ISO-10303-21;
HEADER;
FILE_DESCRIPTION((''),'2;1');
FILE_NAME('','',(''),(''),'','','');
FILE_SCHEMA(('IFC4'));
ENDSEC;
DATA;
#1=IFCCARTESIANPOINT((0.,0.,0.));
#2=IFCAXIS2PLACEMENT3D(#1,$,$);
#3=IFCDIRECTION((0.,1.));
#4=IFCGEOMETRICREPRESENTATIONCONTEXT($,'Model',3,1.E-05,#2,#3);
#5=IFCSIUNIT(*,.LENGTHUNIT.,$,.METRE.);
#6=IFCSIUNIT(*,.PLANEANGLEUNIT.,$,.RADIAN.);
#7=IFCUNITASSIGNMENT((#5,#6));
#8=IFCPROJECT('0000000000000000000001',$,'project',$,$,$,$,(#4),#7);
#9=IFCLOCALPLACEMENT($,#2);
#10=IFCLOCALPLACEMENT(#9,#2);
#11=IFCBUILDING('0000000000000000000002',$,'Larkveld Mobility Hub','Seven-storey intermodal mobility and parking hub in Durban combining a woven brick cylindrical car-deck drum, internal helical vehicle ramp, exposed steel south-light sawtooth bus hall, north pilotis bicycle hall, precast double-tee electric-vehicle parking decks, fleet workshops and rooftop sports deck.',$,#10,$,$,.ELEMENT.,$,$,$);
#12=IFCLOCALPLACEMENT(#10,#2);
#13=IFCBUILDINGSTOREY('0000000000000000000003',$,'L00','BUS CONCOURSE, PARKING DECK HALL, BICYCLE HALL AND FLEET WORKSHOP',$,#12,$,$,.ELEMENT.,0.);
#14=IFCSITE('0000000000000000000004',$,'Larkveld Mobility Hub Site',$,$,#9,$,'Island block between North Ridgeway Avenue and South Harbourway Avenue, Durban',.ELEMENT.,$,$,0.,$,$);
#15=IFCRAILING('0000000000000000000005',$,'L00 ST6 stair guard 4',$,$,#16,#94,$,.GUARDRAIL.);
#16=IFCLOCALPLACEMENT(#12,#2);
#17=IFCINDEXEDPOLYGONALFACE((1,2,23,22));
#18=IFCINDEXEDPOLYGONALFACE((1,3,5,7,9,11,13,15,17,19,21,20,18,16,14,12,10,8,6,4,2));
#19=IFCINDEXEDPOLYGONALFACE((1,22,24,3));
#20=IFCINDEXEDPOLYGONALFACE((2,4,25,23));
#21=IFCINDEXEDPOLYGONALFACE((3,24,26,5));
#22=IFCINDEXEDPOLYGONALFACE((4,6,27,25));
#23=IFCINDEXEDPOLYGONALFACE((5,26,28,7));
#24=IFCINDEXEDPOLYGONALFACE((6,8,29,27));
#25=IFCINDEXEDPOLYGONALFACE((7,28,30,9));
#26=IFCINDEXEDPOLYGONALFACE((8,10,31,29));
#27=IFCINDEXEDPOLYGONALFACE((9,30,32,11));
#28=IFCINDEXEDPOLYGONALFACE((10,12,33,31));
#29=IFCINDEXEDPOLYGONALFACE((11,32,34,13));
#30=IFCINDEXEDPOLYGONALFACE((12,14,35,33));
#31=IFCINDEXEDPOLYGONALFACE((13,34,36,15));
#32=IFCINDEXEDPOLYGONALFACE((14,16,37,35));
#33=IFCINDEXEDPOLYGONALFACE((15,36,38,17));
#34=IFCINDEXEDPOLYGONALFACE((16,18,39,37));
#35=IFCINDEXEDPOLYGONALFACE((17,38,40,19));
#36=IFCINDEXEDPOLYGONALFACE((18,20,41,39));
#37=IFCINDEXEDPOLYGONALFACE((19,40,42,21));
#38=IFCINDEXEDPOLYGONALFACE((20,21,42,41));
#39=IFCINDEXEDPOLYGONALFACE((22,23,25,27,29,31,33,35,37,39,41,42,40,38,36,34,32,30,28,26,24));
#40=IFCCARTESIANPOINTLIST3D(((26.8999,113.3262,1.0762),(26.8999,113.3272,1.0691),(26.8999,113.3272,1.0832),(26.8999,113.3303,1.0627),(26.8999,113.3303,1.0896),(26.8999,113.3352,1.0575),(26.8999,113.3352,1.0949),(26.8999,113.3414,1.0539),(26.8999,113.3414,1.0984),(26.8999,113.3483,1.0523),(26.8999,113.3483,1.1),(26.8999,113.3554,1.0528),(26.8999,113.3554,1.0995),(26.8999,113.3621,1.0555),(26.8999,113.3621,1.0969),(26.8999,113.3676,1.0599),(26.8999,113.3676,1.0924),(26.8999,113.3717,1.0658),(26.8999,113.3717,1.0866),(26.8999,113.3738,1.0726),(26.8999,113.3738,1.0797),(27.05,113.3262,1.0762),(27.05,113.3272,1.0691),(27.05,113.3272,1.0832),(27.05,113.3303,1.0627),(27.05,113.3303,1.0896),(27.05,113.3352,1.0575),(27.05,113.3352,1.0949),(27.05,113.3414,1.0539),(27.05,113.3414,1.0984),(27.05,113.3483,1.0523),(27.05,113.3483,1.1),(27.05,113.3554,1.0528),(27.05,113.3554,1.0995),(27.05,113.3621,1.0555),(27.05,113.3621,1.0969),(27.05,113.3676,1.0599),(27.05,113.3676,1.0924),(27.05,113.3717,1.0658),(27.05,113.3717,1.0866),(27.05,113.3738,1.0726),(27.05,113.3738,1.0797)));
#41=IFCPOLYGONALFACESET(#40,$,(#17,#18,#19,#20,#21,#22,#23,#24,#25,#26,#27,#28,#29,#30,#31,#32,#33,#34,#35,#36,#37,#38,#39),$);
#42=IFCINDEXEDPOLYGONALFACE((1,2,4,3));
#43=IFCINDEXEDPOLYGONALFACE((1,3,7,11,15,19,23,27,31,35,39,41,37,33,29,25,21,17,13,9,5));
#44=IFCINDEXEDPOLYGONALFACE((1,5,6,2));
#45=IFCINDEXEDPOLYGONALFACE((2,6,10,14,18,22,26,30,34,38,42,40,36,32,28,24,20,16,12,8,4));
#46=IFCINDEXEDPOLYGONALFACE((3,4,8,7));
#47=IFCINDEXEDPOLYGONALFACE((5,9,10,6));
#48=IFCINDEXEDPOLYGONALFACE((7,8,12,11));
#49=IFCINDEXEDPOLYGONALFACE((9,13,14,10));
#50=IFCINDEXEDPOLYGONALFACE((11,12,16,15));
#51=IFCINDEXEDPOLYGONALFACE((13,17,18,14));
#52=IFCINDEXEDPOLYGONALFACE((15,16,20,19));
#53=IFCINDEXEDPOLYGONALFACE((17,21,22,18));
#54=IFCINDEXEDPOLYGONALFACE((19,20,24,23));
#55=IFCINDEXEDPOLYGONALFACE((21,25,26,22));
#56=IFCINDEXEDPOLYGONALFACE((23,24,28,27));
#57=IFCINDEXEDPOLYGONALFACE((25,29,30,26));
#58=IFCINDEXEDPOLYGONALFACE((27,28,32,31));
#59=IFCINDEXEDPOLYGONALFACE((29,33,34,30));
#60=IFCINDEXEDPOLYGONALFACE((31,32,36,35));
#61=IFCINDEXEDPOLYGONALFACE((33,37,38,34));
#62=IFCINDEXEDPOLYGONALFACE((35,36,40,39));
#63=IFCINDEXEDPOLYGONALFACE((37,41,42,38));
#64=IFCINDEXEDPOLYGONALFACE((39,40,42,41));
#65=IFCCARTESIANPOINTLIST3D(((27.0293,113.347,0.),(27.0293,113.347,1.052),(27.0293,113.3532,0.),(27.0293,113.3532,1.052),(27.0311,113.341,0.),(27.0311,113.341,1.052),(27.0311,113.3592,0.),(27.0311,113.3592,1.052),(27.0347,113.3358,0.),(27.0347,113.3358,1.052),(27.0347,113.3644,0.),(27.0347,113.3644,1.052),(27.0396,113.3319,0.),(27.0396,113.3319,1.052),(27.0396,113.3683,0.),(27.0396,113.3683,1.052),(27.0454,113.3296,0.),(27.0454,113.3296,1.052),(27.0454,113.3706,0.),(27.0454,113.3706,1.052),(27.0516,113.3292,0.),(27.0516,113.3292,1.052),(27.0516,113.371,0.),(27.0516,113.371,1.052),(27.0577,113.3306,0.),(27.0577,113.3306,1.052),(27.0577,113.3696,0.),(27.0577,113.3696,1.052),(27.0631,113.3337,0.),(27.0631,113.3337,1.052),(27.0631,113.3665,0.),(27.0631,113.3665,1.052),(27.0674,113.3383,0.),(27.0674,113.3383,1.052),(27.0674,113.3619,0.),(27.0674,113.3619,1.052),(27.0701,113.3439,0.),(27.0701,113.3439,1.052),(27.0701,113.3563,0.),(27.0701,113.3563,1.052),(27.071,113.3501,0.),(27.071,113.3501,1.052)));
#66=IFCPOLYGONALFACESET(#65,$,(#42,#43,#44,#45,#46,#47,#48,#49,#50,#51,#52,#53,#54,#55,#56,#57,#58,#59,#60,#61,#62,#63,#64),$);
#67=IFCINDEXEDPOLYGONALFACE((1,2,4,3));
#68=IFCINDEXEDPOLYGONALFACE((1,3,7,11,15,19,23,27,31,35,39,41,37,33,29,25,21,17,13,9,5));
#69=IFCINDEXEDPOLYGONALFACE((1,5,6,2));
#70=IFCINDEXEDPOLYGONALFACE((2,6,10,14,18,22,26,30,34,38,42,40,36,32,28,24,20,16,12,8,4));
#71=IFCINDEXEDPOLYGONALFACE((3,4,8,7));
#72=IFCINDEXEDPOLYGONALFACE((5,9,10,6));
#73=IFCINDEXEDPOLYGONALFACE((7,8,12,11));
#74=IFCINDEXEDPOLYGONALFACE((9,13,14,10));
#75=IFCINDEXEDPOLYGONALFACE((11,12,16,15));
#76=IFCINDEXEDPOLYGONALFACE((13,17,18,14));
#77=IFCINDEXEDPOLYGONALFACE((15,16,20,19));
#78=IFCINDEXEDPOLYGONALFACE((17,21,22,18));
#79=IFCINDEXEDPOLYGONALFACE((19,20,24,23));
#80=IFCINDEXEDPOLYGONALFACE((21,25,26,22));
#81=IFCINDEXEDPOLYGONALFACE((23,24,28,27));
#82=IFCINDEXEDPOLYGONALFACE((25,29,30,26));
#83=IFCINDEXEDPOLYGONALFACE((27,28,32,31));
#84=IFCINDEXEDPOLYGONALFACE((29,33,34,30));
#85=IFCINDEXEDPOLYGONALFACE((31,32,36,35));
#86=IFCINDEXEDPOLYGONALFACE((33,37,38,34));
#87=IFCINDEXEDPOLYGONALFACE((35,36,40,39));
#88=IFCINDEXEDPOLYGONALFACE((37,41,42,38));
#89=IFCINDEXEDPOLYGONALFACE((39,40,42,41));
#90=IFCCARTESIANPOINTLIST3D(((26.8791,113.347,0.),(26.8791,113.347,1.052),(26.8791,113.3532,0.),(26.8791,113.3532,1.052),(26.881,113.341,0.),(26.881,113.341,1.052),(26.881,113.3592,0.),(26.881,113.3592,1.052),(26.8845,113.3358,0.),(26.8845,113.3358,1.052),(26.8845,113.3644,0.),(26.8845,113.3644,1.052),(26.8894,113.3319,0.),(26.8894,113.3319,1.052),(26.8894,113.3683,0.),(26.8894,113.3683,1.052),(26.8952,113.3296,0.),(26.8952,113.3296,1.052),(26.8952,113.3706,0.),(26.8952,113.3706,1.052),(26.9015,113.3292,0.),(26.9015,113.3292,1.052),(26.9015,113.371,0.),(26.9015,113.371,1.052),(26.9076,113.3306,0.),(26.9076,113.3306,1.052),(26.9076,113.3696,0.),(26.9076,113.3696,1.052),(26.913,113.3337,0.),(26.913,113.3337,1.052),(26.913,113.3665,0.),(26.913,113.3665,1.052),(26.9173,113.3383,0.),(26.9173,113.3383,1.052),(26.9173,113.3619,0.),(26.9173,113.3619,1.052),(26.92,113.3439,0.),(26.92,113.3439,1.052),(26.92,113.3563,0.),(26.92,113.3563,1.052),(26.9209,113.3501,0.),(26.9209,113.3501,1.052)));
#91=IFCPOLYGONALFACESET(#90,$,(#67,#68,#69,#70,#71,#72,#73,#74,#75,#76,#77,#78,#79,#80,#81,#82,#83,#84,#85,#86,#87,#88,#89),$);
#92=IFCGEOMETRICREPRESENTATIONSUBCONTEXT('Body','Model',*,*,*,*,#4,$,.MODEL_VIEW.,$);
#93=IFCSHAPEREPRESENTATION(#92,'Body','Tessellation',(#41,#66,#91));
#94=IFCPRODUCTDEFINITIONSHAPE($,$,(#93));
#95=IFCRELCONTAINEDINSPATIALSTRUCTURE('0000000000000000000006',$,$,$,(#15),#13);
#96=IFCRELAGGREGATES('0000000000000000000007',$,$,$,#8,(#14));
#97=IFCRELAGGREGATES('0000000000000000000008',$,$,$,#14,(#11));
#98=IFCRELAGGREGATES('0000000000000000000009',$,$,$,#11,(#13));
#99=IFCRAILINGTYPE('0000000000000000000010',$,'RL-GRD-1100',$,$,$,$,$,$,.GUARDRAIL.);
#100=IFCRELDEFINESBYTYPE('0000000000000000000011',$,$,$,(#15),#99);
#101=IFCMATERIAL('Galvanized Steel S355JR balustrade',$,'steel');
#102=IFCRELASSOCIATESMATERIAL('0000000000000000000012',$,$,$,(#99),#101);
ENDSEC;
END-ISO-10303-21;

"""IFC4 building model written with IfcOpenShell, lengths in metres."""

from ifc_helpers import new_model, si_unit, direction, frame, origin, origin_2d, place, context, subcontext, project, spatial, circle, extrude, material, type_object, element, save


model = new_model("IFC4")

# Units and contexts
model_context = context("Model", 3, precision=1e-05, world=origin(), true_north=direction((0.0, 1.0)))
body_context = subcontext(model_context, "Body", "Model", "MODEL_VIEW")
ifc_project = project(units=[si_unit("LENGTHUNIT", "METRE"), si_unit("PLANEANGLEUNIT", "RADIAN")], contexts=[model_context])

# Site, building, storey
site_placement = place(None, origin())
site = spatial("IfcSite", under=ifc_project, at=site_placement, Name="Larkveld Mobility Hub Site", LongName="Island block between North Ridgeway Avenue and South Harbourway Avenue, Durban", CompositionType="ELEMENT", RefElevation=0.0)
building_placement = place(site_placement, origin())
building = spatial("IfcBuilding", under=site, at=building_placement, Name="Larkveld Mobility Hub", Description="Seven-storey intermodal mobility and parking hub in Durban combining a woven brick cylindrical car-deck drum, internal helical vehicle ramp, exposed steel south-light sawtooth bus hall, north pilotis bicycle hall, precast double-tee electric-vehicle parking decks, fleet workshops and rooftop sports deck.", CompositionType="ELEMENT")
storey_placement = place(building_placement, origin())
storey = spatial("IfcBuildingStorey", under=building, at=storey_placement, Name="L00", Description="BUS CONCOURSE, PARKING DECK HALL, BICYCLE HALL AND FLEET WORKSHOP", CompositionType="ELEMENT", Elevation=0.0)

# Railing
ifc_material_1 = material(Name="Galvanized Steel S355JR balustrade", Category="steel")
railing_type_1 = type_object("IfcRailingType", Name="RL-GRD-1100", PredefinedType="GUARDRAIL", material=ifc_material_1)
railing_1_placement = place(storey_placement, frame((27.05, 113.3501, 0.0)))
element("IfcRailing", 1, at=railing_1_placement, inside=storey, type_object=railing_type_1, Name="L00 ST6 stair guard 4", PredefinedType="GUARDRAIL", context=body_context, shape_type="SweptSolid", body=[
    extrude(circle(Radius=0.0239, at=origin_2d()), frame((0.0, 0.0, 1.0762), z_axis=(-1.0, 0.0, 0.0), x_axis=(0.0, -1.0, 0.0)), (0.0, 0.0, 1.0), 0.1501),
    extrude(circle(Radius=0.021, at=origin_2d()), origin(), (0.0, 0.0, 1.0), 1.052),
    extrude(circle(Radius=0.021, at=origin_2d()), frame((-0.1501, 0.0, 0.0)), (0.0, 0.0, 1.0), 1.052),
])

save(model, "model.ifc")
